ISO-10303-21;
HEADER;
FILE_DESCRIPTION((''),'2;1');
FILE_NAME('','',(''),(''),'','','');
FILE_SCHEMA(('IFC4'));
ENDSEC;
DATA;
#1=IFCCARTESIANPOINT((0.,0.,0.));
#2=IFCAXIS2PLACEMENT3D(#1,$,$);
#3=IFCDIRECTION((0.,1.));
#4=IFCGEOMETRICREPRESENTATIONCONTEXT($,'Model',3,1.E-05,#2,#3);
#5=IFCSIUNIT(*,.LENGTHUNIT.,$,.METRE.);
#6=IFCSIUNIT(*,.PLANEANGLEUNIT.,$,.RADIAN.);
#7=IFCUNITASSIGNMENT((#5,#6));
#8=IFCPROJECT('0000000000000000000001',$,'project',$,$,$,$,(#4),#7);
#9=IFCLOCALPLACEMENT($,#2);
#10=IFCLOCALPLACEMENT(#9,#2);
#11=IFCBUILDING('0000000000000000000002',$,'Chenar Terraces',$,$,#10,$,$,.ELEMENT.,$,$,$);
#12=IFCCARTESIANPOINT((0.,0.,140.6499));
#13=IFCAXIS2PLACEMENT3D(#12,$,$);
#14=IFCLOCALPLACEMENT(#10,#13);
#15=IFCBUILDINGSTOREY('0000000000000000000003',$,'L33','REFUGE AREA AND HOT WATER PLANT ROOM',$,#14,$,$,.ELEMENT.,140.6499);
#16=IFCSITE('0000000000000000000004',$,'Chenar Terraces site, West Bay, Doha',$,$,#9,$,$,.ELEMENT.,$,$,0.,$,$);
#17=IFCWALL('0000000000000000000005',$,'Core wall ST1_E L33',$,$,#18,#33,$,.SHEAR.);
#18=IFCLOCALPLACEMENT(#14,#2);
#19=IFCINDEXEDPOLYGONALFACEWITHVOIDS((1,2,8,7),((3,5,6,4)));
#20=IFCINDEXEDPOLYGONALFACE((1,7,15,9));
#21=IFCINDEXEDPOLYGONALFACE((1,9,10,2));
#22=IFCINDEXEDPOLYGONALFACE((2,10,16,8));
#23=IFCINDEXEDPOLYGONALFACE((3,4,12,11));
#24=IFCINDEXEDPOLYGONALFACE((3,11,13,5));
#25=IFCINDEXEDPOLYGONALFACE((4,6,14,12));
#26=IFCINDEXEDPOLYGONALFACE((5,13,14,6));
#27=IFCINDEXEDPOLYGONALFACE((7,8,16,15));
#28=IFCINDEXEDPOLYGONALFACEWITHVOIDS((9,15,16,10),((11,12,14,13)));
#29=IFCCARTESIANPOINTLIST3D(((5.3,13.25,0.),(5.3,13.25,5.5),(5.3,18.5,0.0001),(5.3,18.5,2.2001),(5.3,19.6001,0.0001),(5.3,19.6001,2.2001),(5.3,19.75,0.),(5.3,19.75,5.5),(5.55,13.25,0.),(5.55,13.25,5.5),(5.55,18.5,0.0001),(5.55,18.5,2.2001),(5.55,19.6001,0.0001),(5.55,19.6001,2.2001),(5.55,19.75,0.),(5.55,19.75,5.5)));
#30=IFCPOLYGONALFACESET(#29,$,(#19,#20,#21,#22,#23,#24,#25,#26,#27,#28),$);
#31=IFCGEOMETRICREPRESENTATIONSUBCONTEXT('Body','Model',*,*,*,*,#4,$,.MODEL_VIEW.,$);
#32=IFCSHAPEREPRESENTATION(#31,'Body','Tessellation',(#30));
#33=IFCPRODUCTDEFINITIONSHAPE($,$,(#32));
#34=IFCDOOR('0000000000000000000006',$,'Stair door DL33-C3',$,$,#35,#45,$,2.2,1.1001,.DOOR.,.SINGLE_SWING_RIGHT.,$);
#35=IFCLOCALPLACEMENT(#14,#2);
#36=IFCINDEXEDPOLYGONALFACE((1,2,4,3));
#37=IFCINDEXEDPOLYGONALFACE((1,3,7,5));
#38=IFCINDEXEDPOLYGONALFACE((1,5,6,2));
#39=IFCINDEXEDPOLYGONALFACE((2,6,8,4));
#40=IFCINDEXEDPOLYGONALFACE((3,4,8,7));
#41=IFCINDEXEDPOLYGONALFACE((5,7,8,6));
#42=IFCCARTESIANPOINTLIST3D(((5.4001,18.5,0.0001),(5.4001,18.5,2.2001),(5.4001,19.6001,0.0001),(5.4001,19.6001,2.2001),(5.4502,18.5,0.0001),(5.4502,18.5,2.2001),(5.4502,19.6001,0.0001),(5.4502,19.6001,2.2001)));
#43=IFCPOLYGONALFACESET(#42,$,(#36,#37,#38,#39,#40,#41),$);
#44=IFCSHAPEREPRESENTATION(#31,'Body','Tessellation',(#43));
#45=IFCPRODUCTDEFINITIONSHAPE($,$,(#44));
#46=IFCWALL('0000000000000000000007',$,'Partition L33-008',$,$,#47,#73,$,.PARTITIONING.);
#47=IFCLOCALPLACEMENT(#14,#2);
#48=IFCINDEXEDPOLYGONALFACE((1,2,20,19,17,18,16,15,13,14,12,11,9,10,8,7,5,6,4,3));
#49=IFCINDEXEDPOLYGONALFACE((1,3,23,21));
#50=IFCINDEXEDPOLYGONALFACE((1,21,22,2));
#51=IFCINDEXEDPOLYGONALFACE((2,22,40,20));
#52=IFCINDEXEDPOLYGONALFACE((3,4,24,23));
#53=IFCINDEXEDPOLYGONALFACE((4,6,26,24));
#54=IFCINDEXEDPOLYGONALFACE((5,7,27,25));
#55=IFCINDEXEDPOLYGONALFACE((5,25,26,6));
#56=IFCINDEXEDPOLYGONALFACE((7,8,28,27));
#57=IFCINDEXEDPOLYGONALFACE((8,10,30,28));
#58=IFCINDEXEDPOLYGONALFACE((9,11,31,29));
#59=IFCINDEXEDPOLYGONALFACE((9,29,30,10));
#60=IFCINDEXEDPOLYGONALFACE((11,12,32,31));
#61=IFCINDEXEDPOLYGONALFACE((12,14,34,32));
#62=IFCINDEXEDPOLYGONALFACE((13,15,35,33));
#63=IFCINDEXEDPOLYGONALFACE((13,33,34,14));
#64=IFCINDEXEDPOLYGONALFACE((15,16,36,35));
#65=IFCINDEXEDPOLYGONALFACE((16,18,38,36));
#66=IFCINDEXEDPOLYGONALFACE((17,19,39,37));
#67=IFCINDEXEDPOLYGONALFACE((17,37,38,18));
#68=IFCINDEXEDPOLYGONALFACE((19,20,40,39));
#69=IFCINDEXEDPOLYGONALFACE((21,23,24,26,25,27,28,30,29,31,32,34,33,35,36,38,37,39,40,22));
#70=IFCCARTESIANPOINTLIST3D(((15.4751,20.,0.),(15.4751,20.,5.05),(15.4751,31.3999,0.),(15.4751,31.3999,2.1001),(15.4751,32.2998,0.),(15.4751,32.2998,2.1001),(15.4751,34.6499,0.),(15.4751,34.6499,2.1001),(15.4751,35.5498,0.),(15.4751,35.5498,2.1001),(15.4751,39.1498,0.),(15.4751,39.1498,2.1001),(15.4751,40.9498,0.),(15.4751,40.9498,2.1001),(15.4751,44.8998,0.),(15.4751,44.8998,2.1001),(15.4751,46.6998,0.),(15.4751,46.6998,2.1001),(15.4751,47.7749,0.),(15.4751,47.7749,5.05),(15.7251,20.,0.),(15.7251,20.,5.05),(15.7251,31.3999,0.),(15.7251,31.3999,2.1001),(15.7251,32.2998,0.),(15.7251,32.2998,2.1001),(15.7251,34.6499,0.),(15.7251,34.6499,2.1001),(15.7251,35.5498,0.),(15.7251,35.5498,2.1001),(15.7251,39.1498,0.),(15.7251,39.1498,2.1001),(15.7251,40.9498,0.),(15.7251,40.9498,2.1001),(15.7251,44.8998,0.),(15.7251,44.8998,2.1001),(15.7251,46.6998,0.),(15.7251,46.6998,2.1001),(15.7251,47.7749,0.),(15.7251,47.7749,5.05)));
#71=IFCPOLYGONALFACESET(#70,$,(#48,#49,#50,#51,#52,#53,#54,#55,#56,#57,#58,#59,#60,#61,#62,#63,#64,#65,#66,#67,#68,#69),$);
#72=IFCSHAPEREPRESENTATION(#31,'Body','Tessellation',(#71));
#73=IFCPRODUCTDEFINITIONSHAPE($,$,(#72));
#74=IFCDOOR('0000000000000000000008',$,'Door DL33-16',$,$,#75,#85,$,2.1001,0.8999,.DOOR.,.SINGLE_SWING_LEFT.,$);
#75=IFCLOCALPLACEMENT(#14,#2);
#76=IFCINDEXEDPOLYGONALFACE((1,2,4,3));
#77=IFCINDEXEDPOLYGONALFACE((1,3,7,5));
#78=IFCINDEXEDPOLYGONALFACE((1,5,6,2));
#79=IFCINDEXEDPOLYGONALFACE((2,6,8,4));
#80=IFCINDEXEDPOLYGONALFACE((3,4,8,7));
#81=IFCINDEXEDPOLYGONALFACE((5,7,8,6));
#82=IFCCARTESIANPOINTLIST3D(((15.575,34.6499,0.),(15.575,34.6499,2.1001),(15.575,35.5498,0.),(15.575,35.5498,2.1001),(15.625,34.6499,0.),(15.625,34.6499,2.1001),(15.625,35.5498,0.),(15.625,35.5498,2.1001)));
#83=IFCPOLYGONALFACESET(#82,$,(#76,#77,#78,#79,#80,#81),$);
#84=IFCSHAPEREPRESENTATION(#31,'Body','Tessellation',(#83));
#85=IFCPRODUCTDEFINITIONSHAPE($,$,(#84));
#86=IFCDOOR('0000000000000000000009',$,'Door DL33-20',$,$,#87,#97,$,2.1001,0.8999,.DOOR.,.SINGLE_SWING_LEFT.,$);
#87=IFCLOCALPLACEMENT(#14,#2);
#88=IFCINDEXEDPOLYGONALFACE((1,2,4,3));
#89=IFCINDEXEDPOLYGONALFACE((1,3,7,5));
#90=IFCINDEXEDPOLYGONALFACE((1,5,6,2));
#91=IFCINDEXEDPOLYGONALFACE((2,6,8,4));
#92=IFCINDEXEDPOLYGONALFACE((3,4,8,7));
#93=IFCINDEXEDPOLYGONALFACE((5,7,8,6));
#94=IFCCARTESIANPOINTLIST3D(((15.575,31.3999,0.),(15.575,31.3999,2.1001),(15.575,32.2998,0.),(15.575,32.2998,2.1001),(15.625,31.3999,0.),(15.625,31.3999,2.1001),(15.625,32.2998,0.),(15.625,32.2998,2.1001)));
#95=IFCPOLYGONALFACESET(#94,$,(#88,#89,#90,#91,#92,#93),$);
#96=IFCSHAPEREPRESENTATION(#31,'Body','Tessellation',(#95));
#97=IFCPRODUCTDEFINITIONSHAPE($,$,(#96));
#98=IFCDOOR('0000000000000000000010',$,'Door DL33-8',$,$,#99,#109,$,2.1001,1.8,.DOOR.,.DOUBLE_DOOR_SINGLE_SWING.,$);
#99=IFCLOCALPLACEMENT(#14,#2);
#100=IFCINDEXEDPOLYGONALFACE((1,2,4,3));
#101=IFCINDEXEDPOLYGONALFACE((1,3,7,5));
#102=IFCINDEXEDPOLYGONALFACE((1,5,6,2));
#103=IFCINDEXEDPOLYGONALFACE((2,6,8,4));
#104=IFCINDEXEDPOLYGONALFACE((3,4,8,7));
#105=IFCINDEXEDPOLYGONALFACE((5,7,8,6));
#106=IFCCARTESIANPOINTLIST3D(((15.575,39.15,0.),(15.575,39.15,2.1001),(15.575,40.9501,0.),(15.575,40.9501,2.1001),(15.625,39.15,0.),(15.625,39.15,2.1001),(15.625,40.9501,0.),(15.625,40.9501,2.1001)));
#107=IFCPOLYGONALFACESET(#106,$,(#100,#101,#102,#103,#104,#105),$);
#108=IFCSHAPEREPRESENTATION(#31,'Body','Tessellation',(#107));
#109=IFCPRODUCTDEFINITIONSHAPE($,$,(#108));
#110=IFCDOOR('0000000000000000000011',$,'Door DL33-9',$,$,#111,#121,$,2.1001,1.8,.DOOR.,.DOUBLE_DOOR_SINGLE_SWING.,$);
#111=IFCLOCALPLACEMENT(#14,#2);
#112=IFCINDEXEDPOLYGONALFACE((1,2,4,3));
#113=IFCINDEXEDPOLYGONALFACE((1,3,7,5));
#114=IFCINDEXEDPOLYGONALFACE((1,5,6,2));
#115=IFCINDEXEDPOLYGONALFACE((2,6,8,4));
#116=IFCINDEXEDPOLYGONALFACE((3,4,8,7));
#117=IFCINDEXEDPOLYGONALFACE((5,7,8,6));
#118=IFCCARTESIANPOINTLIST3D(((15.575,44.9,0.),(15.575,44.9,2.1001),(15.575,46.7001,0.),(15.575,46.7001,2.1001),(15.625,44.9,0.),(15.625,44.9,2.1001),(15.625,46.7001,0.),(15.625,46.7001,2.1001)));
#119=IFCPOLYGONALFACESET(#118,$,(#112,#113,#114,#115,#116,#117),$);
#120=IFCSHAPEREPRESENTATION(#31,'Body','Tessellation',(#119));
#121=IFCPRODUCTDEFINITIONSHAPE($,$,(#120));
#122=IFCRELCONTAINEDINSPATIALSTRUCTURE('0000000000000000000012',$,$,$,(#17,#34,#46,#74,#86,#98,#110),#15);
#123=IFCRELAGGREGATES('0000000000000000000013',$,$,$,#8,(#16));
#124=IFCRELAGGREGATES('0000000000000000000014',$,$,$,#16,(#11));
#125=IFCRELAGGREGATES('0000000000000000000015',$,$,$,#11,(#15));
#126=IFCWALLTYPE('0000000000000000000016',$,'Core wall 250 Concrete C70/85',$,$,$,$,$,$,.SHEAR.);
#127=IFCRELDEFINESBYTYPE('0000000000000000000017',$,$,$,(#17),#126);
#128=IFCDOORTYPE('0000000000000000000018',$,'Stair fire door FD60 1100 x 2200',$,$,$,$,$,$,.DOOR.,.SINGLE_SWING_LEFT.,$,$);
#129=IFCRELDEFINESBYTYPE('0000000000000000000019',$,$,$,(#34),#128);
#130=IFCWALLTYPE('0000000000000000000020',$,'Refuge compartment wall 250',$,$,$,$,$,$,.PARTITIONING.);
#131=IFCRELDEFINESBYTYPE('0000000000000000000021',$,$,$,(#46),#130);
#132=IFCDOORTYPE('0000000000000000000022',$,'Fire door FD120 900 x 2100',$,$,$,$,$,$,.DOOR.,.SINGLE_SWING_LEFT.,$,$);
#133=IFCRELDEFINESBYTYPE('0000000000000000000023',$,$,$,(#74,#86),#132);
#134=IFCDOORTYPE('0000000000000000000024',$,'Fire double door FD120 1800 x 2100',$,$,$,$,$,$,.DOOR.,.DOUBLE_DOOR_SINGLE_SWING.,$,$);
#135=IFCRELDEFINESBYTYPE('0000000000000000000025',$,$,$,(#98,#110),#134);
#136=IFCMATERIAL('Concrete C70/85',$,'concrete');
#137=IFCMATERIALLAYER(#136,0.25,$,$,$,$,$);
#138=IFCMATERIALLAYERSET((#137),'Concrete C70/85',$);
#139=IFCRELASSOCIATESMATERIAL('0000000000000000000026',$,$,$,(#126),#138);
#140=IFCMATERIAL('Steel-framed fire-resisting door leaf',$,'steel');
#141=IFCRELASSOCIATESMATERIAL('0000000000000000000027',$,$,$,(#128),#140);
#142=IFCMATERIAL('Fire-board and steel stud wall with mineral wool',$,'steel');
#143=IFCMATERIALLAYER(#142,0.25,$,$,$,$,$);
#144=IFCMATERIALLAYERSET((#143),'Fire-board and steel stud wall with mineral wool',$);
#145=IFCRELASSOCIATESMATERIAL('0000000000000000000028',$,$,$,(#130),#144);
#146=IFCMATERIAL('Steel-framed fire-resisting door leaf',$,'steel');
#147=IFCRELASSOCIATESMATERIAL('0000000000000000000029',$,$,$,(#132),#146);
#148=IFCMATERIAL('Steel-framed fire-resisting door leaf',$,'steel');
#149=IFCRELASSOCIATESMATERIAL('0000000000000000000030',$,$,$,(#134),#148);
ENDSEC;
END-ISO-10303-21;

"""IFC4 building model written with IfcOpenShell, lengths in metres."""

from ifc_helpers import new_model, si_unit, direction, frame, frame_2d, origin, place, context, subcontext, project, spatial, rectangle, extrude, material, layer, layer_set, type_object, element, fill, save


model = new_model("IFC4")

# Units and contexts
model_context = context("Model", 3, precision=1e-05, world=origin(), true_north=direction((0.0, 1.0)))
body_context = subcontext(model_context, "Body", "Model", "MODEL_VIEW")
ifc_project = project(units=[si_unit("LENGTHUNIT", "METRE"), si_unit("PLANEANGLEUNIT", "RADIAN")], contexts=[model_context])

# Site, building, storey
site_placement = place(None, origin())
site = spatial("IfcSite", under=ifc_project, at=site_placement, Name="Chenar Terraces site, West Bay, Doha", CompositionType="ELEMENT", RefElevation=0.0)
building_placement = place(site_placement, origin())
building = spatial("IfcBuilding", under=site, at=building_placement, Name="Chenar Terraces", CompositionType="ELEMENT")
storey_placement = place(building_placement, frame((0.0, 0.0, 140.6499)))
storey = spatial("IfcBuildingStorey", under=building, at=storey_placement, Name="L33", Description="REFUGE AREA AND HOT WATER PLANT ROOM", CompositionType="ELEMENT", Elevation=140.6499)

# Shared definitions
ifc_material_1 = material(Name="Concrete C70/85", Category="concrete")
ifc_layer_1 = layer(ifc_material_1, 0.25)
ifc_layer_set_1 = layer_set([ifc_layer_1], Name="Concrete C70/85")
wall_type_1 = type_object("IfcWallType", Name="Core wall 250 Concrete C70/85", PredefinedType="SHEAR", material=ifc_layer_set_1)

# Wall, opening, door
wall_1_placement = place(storey_placement, frame((5.425, 13.25, 0.0), z_axis=(0.0, 0.0, 1.0), x_axis=(0.0, 1.0, 0.0)))
wall_1 = element("IfcWall", 1, at=wall_1_placement, inside=storey, type_object=wall_type_1, Name="Core wall ST1_E L33", PredefinedType="SHEAR", context=body_context, shape_type="SweptSolid", body=[
    extrude(rectangle(XDim=6.5, YDim=0.25, at=frame_2d((3.25, 0.0))), origin(), (0.0, 0.0, 1.0), 5.5),
])
opening_1_placement = place(wall_1_placement, frame((5.25, 0.0, 0.0)))
opening_1 = element("IfcOpeningElement", 2, at=opening_1_placement, cuts=wall_1, PredefinedType="OPENING", context=body_context, shape_type="SweptSolid", body=[
    extrude(rectangle(XDim=1.1001, YDim=2.2, at=frame_2d((0.55, 1.1001))), frame((0.0, 0.135, 0.0), z_axis=(0.0, -1.0, 0.0), x_axis=(1.0, 0.0, 0.0)), (0.0, 0.0, 1.0), 0.27),
])
ifc_material_2 = material(Name="Steel-framed fire-resisting door leaf", Category="steel")
door_type_1 = type_object("IfcDoorType", Name="Stair fire door FD60 1100 x 2200", OperationType="SINGLE_SWING_LEFT", PredefinedType="DOOR", material=ifc_material_2)
door_1_placement = place(opening_1_placement, origin())
door_1 = element("IfcDoor", 3, at=door_1_placement, inside=storey, type_object=door_type_1, Name="Stair door DL33-C3", OperationType="SINGLE_SWING_RIGHT", OverallHeight=2.2, OverallWidth=1.1001, PredefinedType="DOOR", context=body_context, shape_type="SweptSolid", body=[
    extrude(rectangle(XDim=1.1001, YDim=2.2, at=frame_2d((0.55, 1.1001))), frame((0.0, 0.0249, 0.0), z_axis=(0.0, -1.0, 0.0), x_axis=(1.0, 0.0, 0.0)), (0.0, 0.0, 1.0), 0.05),
])
fill(opening_1, door_1)

# Wall, openings, doors
ifc_material_3 = material(Name="Fire-board and steel stud wall with mineral wool", Category="steel")
ifc_layer_2 = layer(ifc_material_3, 0.25)
ifc_layer_set_2 = layer_set([ifc_layer_2], Name="Fire-board and steel stud wall with mineral wool")
wall_type_2 = type_object("IfcWallType", Name="Refuge compartment wall 250", PredefinedType="PARTITIONING", material=ifc_layer_set_2)
wall_2_placement = place(storey_placement, frame((15.6001, 20.0, 0.0), z_axis=(0.0, 0.0, 1.0), x_axis=(0.0, 1.0, 0.0)))
wall_2 = element("IfcWall", 4, at=wall_2_placement, inside=storey, type_object=wall_type_2, Name="Partition L33-008", PredefinedType="PARTITIONING", context=body_context, shape_type="SweptSolid", body=[
    extrude(rectangle(XDim=27.7749, YDim=0.25, at=frame_2d((13.8875, 0.0))), origin(), (0.0, 0.0, 1.0), 5.05),
])
opening_2_placement = place(wall_2_placement, frame((19.1499, 0.0, 0.0)))
opening_2 = element("IfcOpeningElement", 5, at=opening_2_placement, cuts=wall_2, PredefinedType="OPENING", context=body_context, shape_type="SweptSolid", body=[
    extrude(rectangle(XDim=1.8, YDim=2.1001, at=frame_2d((0.8999, 1.05))), frame((0.0, 0.135, 0.0), z_axis=(0.0, -1.0, 0.0), x_axis=(1.0, 0.0, 0.0)), (0.0, 0.0, 1.0), 0.27),
])
opening_3_placement = place(wall_2_placement, frame((24.8999, 0.0, 0.0)))
opening_3 = element("IfcOpeningElement", 6, at=opening_3_placement, cuts=wall_2, PredefinedType="OPENING", context=body_context, shape_type="SweptSolid", body=[
    extrude(rectangle(XDim=1.8, YDim=2.1001, at=frame_2d((0.8999, 1.05))), frame((0.0, 0.135, 0.0), z_axis=(0.0, -1.0, 0.0), x_axis=(1.0, 0.0, 0.0)), (0.0, 0.0, 1.0), 0.27),
])
opening_4_placement = place(wall_2_placement, frame((14.6499, 0.0, 0.0)))
opening_4 = element("IfcOpeningElement", 7, at=opening_4_placement, cuts=wall_2, PredefinedType="OPENING", context=body_context, shape_type="SweptSolid", body=[
    extrude(rectangle(XDim=0.8999, YDim=2.1001, at=frame_2d((0.45, 1.05))), frame((0.0, 0.135, 0.0), z_axis=(0.0, -1.0, 0.0), x_axis=(1.0, 0.0, 0.0)), (0.0, 0.0, 1.0), 0.27),
])
opening_5_placement = place(wall_2_placement, frame((11.3999, 0.0, 0.0)))
opening_5 = element("IfcOpeningElement", 8, at=opening_5_placement, cuts=wall_2, PredefinedType="OPENING", context=body_context, shape_type="SweptSolid", body=[
    extrude(rectangle(XDim=0.8999, YDim=2.1001, at=frame_2d((0.45, 1.05))), frame((0.0, 0.135, 0.0), z_axis=(0.0, -1.0, 0.0), x_axis=(1.0, 0.0, 0.0)), (0.0, 0.0, 1.0), 0.27),
])
ifc_material_4 = material(Name="Steel-framed fire-resisting door leaf", Category="steel")
door_type_2 = type_object("IfcDoorType", Name="Fire door FD120 900 x 2100", OperationType="SINGLE_SWING_LEFT", PredefinedType="DOOR", material=ifc_material_4)
door_2_placement = place(opening_4_placement, frame((0.8999, 0.0, 0.0), z_axis=(0.0, 0.0, 1.0), x_axis=(-1.0, 0.0, 0.0)))
door_2 = element("IfcDoor", 9, at=door_2_placement, inside=storey, type_object=door_type_2, Name="Door DL33-16", OperationType="SINGLE_SWING_LEFT", OverallHeight=2.1001, OverallWidth=0.8999, PredefinedType="DOOR", context=body_context, shape_type="SweptSolid", body=[
    extrude(rectangle(XDim=0.8999, YDim=2.1001, at=frame_2d((0.45, 1.05))), frame((0.0, 0.0249, 0.0), z_axis=(0.0, -1.0, 0.0), x_axis=(1.0, 0.0, 0.0)), (0.0, 0.0, 1.0), 0.05),
])
fill(opening_4, door_2)
door_3_placement = place(opening_5_placement, frame((0.8999, 0.0, 0.0), z_axis=(0.0, 0.0, 1.0), x_axis=(-1.0, 0.0, 0.0)))
door_3 = element("IfcDoor", 10, at=door_3_placement, inside=storey, type_object=door_type_2, Name="Door DL33-20", OperationType="SINGLE_SWING_LEFT", OverallHeight=2.1001, OverallWidth=0.8999, PredefinedType="DOOR", context=body_context, shape_type="SweptSolid", body=[
    extrude(rectangle(XDim=0.8999, YDim=2.1001, at=frame_2d((0.45, 1.05))), frame((0.0, 0.0249, 0.0), z_axis=(0.0, -1.0, 0.0), x_axis=(1.0, 0.0, 0.0)), (0.0, 0.0, 1.0), 0.05),
])
fill(opening_5, door_3)
ifc_material_5 = material(Name="Steel-framed fire-resisting door leaf", Category="steel")
door_type_3 = type_object("IfcDoorType", Name="Fire double door FD120 1800 x 2100", OperationType="DOUBLE_DOOR_SINGLE_SWING", PredefinedType="DOOR", material=ifc_material_5)
door_4_placement = place(opening_2_placement, frame((1.8, 0.0, 0.0), z_axis=(0.0, 0.0, 1.0), x_axis=(-1.0, 0.0, 0.0)))
door_4 = element("IfcDoor", 11, at=door_4_placement, inside=storey, type_object=door_type_3, Name="Door DL33-8", OperationType="DOUBLE_DOOR_SINGLE_SWING", OverallHeight=2.1001, OverallWidth=1.8, PredefinedType="DOOR", context=body_context, shape_type="SweptSolid", body=[
    extrude(rectangle(XDim=1.8, YDim=2.1001, at=frame_2d((0.8999, 1.05))), frame((0.0, 0.0249, 0.0), z_axis=(0.0, -1.0, 0.0), x_axis=(1.0, 0.0, 0.0)), (0.0, 0.0, 1.0), 0.05),
])
fill(opening_2, door_4)
door_5_placement = place(opening_3_placement, frame((1.8, 0.0, 0.0), z_axis=(0.0, 0.0, 1.0), x_axis=(-1.0, 0.0, 0.0)))
door_5 = element("IfcDoor", 12, at=door_5_placement, inside=storey, type_object=door_type_3, Name="Door DL33-9", OperationType="DOUBLE_DOOR_SINGLE_SWING", OverallHeight=2.1001, OverallWidth=1.8, PredefinedType="DOOR", context=body_context, shape_type="SweptSolid", body=[
    extrude(rectangle(XDim=1.8, YDim=2.1001, at=frame_2d((0.8999, 1.05))), frame((0.0, 0.0249, 0.0), z_axis=(0.0, -1.0, 0.0), x_axis=(1.0, 0.0, 0.0)), (0.0, 0.0, 1.0), 0.05),
])
fill(opening_3, door_5)

save(model, "model.ifc")
